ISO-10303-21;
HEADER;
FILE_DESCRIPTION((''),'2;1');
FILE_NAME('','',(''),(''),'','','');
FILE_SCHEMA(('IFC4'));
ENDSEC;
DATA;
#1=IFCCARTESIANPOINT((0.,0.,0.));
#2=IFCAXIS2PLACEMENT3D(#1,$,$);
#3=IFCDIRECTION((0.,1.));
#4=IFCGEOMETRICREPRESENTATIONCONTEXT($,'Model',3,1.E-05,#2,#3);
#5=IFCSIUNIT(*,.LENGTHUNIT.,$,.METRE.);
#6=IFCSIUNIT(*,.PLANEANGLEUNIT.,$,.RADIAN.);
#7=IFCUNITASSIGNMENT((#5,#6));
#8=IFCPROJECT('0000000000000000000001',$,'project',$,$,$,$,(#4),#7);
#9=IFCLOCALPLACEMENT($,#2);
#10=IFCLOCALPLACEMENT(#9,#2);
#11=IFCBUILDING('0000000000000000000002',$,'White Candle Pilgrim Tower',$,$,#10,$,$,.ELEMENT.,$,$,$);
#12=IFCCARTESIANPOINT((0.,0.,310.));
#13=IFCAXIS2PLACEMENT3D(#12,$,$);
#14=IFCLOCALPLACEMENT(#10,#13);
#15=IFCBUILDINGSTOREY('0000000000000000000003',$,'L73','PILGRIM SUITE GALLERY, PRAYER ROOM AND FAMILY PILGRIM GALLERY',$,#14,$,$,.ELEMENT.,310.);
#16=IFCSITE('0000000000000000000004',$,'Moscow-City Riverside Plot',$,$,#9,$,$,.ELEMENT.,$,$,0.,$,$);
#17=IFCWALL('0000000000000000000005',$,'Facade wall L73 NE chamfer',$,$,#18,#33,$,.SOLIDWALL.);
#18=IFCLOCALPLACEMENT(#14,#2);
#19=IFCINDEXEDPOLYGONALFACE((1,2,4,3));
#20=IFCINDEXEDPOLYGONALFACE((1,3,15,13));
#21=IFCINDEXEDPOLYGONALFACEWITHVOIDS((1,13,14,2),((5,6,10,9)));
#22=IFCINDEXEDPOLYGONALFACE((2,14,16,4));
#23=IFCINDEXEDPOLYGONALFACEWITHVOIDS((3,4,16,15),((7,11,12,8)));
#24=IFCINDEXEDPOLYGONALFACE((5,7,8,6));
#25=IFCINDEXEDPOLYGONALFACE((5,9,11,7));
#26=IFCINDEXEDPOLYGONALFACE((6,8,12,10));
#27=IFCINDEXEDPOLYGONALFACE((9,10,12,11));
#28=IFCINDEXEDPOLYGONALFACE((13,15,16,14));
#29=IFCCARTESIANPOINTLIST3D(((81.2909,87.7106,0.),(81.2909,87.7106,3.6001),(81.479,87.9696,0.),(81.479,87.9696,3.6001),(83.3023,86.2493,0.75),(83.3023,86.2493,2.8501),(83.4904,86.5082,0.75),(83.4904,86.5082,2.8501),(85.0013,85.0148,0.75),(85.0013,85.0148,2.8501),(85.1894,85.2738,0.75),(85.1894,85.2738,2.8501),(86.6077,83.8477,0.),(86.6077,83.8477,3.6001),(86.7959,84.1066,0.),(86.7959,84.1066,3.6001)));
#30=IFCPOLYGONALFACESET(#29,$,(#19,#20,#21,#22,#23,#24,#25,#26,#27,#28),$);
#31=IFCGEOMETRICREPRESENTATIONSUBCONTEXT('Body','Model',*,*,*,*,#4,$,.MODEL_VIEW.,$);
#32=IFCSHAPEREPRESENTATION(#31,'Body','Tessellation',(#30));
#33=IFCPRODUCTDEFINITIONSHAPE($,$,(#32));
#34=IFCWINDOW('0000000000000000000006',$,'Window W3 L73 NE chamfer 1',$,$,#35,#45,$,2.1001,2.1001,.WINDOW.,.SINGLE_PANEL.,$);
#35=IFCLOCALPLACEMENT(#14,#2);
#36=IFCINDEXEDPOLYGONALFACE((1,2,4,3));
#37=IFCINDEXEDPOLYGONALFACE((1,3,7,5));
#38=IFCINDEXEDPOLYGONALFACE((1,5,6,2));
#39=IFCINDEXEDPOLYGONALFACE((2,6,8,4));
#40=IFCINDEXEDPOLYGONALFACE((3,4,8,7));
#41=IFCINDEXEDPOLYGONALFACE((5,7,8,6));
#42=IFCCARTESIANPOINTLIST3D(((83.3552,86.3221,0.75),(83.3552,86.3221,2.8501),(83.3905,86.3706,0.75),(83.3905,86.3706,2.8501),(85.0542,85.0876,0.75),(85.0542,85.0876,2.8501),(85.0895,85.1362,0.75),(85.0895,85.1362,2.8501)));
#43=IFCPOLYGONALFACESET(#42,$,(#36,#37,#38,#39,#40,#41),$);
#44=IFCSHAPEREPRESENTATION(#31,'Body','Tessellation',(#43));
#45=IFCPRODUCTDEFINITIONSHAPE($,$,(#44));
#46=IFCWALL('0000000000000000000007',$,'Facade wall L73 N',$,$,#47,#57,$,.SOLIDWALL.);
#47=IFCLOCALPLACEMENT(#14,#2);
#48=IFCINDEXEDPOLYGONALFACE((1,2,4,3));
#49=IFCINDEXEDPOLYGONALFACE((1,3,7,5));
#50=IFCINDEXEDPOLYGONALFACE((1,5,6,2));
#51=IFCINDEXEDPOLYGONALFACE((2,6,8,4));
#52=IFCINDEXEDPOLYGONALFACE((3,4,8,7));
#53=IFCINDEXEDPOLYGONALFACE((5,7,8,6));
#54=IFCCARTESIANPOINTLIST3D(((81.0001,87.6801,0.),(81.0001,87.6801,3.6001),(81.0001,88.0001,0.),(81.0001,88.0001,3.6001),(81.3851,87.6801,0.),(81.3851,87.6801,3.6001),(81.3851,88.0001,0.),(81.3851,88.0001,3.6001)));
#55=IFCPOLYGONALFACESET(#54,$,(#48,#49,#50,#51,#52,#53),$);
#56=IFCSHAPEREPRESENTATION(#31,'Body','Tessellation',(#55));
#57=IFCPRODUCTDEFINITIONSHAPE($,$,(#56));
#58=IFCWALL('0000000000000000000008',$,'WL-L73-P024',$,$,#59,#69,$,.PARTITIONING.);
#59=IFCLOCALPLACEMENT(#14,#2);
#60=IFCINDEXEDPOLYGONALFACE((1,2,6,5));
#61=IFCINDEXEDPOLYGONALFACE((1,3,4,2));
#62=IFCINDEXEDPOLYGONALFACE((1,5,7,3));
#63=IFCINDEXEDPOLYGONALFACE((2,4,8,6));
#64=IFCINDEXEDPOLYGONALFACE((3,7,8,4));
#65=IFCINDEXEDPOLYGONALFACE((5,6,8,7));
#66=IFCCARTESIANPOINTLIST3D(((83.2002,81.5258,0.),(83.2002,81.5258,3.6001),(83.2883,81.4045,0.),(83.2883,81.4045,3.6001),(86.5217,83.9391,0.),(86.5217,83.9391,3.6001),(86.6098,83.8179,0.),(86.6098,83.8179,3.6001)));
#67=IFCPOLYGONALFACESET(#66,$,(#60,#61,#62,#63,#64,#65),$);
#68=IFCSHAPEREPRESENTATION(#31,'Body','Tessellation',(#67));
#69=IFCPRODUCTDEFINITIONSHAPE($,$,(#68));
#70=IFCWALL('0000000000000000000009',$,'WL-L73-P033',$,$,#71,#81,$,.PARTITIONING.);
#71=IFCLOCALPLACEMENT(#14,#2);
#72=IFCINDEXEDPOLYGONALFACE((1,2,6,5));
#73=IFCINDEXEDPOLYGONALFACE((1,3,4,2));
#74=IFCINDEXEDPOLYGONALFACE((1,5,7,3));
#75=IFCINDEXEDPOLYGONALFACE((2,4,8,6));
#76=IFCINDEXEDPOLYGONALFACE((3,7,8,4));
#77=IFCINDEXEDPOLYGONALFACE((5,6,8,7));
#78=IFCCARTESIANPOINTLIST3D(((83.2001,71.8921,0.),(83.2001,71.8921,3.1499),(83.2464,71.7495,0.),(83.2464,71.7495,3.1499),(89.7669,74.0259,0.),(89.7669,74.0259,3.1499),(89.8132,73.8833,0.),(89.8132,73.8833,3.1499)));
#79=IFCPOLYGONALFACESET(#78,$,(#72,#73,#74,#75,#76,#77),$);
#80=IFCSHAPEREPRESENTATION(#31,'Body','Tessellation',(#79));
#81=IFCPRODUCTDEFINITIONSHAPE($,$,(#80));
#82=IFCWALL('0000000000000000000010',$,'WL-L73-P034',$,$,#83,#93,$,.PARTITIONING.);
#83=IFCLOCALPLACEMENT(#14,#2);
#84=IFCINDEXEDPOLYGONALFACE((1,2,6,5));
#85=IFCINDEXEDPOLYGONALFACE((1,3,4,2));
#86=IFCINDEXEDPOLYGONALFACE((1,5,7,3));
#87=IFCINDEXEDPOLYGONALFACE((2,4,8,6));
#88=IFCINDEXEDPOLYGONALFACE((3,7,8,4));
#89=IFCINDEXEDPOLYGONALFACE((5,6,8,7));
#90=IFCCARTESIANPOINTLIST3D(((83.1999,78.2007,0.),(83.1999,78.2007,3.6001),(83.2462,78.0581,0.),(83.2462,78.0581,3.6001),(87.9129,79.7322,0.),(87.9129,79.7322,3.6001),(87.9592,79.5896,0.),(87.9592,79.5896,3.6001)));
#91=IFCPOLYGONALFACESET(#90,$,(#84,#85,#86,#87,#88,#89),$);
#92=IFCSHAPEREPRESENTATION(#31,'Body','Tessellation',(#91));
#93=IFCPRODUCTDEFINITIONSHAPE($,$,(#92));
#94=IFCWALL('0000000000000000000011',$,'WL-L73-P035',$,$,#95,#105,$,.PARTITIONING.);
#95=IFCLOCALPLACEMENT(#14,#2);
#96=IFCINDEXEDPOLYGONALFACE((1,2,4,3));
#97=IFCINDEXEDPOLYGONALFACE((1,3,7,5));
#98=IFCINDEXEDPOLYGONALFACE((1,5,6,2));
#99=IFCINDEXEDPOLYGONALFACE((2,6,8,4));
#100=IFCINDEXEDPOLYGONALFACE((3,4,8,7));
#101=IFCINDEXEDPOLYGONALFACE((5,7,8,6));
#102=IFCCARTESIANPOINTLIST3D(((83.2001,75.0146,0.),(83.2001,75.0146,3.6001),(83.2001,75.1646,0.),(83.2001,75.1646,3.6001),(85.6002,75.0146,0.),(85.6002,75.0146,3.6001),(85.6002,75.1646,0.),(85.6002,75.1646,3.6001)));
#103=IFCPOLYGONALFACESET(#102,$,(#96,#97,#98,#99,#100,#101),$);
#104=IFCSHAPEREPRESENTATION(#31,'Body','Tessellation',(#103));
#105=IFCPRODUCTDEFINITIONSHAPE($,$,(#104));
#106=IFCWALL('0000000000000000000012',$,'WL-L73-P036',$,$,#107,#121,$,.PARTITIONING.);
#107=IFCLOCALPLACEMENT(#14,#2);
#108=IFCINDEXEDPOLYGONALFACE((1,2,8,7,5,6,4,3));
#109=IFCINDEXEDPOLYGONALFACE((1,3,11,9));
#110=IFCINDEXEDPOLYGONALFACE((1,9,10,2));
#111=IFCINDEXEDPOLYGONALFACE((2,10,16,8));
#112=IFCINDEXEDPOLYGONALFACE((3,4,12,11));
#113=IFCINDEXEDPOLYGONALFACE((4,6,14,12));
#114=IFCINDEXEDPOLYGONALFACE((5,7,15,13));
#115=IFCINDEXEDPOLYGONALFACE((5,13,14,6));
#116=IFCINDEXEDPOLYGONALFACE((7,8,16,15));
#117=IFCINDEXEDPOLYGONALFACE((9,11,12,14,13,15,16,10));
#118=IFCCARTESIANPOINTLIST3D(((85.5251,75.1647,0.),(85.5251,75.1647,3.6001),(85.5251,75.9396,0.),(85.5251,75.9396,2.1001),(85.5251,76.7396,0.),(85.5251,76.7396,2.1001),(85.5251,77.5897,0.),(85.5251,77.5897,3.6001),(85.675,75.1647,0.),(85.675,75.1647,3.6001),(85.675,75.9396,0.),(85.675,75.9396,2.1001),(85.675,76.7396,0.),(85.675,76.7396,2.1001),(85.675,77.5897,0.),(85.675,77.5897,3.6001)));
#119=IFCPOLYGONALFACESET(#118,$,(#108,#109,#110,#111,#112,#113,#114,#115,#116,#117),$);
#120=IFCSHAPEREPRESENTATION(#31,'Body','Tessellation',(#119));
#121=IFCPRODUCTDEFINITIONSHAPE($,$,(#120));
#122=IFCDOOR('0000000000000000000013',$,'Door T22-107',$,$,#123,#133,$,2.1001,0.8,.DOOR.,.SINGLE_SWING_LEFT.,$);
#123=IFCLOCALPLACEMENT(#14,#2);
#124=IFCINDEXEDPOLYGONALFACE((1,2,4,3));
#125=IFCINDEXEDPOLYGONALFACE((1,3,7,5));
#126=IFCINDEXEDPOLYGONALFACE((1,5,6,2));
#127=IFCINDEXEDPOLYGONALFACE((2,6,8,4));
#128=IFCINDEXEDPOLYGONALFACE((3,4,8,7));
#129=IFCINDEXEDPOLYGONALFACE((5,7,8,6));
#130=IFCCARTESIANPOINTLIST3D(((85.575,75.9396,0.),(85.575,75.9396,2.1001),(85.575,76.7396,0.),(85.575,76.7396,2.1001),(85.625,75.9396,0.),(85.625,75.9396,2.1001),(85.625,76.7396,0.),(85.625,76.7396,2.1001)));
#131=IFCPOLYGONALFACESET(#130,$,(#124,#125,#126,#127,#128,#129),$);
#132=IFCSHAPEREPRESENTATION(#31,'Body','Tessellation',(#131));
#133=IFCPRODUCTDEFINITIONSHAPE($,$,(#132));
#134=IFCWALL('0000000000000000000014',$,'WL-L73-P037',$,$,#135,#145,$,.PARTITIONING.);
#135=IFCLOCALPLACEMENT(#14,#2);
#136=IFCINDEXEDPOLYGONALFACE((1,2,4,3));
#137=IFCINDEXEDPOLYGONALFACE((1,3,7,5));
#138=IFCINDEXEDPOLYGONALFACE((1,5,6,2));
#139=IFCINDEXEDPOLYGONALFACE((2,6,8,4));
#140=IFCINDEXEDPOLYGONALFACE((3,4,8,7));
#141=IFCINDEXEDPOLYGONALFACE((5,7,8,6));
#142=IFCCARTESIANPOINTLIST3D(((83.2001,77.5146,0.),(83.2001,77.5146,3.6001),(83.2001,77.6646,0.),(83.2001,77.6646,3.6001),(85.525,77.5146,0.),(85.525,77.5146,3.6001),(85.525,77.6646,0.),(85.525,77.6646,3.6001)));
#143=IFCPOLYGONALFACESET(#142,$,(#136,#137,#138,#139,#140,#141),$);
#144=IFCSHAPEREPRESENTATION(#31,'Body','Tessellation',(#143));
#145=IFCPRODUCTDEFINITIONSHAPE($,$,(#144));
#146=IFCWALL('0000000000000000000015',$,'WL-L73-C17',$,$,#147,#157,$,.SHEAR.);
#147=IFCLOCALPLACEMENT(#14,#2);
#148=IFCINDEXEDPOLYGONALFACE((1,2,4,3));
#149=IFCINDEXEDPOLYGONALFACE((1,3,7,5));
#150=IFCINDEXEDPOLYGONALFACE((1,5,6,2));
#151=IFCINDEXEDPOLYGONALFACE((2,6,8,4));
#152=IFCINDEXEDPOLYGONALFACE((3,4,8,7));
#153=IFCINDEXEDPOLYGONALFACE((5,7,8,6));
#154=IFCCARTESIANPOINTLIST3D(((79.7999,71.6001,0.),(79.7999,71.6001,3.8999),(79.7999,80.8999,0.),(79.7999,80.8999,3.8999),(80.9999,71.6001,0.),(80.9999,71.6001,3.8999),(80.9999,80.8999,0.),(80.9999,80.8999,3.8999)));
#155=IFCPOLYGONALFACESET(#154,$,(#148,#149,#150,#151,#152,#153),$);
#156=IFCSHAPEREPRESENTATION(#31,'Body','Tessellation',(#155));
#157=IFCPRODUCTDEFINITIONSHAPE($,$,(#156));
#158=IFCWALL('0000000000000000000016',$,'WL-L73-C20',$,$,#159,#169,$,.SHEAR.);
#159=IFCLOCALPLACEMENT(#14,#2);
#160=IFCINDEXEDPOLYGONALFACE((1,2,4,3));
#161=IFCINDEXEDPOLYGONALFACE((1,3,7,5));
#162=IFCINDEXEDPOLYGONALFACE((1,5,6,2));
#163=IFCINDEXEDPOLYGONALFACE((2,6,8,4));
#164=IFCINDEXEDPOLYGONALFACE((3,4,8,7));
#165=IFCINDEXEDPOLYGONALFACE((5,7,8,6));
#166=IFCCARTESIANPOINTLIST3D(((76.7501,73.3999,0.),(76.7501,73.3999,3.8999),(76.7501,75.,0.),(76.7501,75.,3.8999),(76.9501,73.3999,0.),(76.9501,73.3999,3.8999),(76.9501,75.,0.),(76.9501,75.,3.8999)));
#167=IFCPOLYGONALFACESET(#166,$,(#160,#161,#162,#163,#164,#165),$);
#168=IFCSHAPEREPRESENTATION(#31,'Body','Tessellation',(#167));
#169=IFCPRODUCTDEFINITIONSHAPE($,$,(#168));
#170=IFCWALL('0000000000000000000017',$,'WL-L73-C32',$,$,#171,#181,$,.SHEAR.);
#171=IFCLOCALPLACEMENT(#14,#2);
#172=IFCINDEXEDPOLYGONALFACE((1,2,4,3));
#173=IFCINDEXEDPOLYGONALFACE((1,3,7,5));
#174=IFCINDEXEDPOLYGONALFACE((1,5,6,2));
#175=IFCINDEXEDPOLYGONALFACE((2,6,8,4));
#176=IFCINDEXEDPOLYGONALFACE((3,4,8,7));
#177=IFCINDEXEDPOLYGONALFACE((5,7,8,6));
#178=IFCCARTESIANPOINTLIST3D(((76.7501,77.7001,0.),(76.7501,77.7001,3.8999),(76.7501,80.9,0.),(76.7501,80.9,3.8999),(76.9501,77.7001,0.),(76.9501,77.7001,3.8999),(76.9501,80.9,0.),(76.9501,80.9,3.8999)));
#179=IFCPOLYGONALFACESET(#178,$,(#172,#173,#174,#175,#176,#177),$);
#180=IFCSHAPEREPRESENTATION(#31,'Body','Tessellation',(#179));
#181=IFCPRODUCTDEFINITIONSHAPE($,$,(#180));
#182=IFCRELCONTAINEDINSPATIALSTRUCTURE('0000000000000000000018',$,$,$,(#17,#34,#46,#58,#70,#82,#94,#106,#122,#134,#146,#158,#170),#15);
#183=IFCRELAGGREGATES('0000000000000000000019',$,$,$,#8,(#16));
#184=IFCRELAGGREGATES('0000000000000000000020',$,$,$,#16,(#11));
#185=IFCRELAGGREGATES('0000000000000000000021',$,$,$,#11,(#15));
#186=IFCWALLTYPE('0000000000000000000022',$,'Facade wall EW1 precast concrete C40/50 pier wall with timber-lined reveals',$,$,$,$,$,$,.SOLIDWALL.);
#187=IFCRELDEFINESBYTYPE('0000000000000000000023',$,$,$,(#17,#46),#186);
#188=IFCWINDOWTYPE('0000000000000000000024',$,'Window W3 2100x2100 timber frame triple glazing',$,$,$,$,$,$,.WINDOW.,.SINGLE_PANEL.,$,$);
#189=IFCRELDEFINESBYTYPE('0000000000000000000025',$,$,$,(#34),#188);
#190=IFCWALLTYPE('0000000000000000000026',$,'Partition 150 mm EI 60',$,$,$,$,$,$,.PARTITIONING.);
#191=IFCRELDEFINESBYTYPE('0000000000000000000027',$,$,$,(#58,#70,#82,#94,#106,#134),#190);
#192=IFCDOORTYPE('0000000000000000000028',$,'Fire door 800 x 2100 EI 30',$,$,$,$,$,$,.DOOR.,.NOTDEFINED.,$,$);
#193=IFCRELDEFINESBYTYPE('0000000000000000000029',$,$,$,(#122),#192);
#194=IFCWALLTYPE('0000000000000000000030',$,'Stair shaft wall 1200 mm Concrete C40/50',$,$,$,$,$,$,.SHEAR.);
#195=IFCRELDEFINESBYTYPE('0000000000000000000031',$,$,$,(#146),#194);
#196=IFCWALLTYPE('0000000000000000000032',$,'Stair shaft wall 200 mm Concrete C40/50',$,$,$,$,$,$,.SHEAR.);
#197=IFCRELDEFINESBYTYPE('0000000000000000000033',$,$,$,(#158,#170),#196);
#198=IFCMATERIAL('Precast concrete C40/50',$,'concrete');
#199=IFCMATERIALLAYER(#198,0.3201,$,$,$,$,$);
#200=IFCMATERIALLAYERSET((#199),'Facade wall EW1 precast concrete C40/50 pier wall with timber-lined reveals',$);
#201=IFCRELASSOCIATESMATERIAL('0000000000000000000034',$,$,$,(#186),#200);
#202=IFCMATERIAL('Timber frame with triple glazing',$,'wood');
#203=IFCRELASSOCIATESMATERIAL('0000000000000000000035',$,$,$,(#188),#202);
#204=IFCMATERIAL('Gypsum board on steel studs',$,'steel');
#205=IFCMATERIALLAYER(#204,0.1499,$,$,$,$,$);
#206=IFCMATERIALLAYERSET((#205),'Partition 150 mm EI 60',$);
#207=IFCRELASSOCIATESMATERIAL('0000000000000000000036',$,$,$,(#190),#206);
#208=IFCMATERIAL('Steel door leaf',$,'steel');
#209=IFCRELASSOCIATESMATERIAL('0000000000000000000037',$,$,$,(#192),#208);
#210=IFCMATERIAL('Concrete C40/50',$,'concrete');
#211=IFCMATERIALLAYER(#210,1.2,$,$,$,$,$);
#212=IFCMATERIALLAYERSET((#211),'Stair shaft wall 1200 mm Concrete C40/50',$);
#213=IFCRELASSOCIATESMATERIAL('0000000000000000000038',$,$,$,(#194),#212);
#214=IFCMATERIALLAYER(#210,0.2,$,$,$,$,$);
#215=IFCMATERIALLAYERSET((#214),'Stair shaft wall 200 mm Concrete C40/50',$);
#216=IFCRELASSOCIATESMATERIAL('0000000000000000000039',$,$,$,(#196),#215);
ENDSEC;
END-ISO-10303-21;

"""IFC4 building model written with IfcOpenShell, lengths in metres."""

from ifc_helpers import new_model, si_unit, direction, frame, frame_2d, origin, place, context, subcontext, project, spatial, rectangle, extrude, material, layer, layer_set, type_object, element, fill, save


model = new_model("IFC4")

# Units and contexts
model_context = context("Model", 3, precision=1e-05, world=origin(), true_north=direction((0.0, 1.0)))
body_context = subcontext(model_context, "Body", "Model", "MODEL_VIEW")
ifc_project = project(units=[si_unit("LENGTHUNIT", "METRE"), si_unit("PLANEANGLEUNIT", "RADIAN")], contexts=[model_context])

# Site, building, storey
site_placement = place(None, origin())
site = spatial("IfcSite", under=ifc_project, at=site_placement, Name="Moscow-City Riverside Plot", CompositionType="ELEMENT", RefElevation=0.0)
building_placement = place(site_placement, origin())
building = spatial("IfcBuilding", under=site, at=building_placement, Name="White Candle Pilgrim Tower", CompositionType="ELEMENT")
storey_placement = place(building_placement, frame((0.0, 0.0, 310.0)))
storey = spatial("IfcBuildingStorey", under=building, at=storey_placement, Name="L73", Description="PILGRIM SUITE GALLERY, PRAYER ROOM AND FAMILY PILGRIM GALLERY", CompositionType="ELEMENT", Elevation=310.0)

# Shared definitions
ifc_material_1 = material(Name="Concrete C40/50", Category="concrete")

# Shared definitions
ifc_material_2 = material(Name="Steel door leaf", Category="steel")

# Shared definitions
ifc_material_3 = material(Name="Gypsum board on steel studs", Category="steel")

# Wall, opening, window
ifc_material_4 = material(Name="Precast concrete C40/50", Category="concrete")
ifc_layer_1 = layer(ifc_material_4, 0.3201)
ifc_layer_set_1 = layer_set([ifc_layer_1], Name="Facade wall EW1 precast concrete C40/50 pier wall with timber-lined reveals")
wall_type_1 = type_object("IfcWallType", Name="Facade wall EW1 precast concrete C40/50 pier wall with timber-lined reveals", PredefinedType="SOLIDWALL", material=ifc_layer_set_1)
wall_1_placement = place(storey_placement, frame((86.7019, 83.9771, 0.0), z_axis=(0.0, 0.0, 1.0), x_axis=(-0.809011, 0.587794, 0.0)))
wall_1 = element("IfcWall", 1, at=wall_1_placement, inside=storey, type_object=wall_type_1, Name="Facade wall L73 NE chamfer", PredefinedType="SOLIDWALL", context=body_context, shape_type="SweptSolid", body=[
    extrude(rectangle(XDim=6.572, YDim=0.3201, at=frame_2d((3.2861, 0.0))), origin(), (0.0, 0.0, 1.0), 3.6001),
])
opening_1_placement = place(wall_1_placement, frame((1.9858, 0.0, 0.75)))
opening_1 = element("IfcOpeningElement", 2, at=opening_1_placement, cuts=wall_1, PredefinedType="OPENING", context=body_context, shape_type="SweptSolid", body=[
    extrude(rectangle(XDim=2.1001, YDim=2.1001, at=frame_2d((1.05, 1.05))), frame((0.0, 0.1699, 0.0), z_axis=(0.0, -1.0, 0.0), x_axis=(1.0, 0.0, 0.0)), (0.0, 0.0, 1.0), 0.3401),
])
ifc_material_5 = material(Name="Timber frame with triple glazing", Category="wood")
window_type = type_object("IfcWindowType", Name="Window W3 2100x2100 timber frame triple glazing", PartitioningType="SINGLE_PANEL", PredefinedType="WINDOW", material=ifc_material_5)
window_placement = place(opening_1_placement, origin())
window = element("IfcWindow", 3, at=window_placement, inside=storey, type_object=window_type, Name="Window W3 L73 NE chamfer 1", OverallHeight=2.1001, OverallWidth=2.1001, PartitioningType="SINGLE_PANEL", PredefinedType="WINDOW", context=body_context, shape_type="SweptSolid", body=[
    extrude(rectangle(XDim=2.1001, YDim=2.1001, at=frame_2d((1.05, 1.05))), frame((0.0, 0.0701, 0.0), z_axis=(0.0, -1.0, 0.0), x_axis=(1.0, 0.0, 0.0)), (0.0, 0.0, 1.0), 0.0601),
])
fill(opening_1, window)

# Walls
wall_2_placement = place(storey_placement, frame((81.385, 87.8401, 0.0), z_axis=(0.0, 0.0, 1.0), x_axis=(-1.0, 0.0, 0.0)))
element("IfcWall", 4, at=wall_2_placement, inside=storey, type_object=wall_type_1, Name="Facade wall L73 N", PredefinedType="SOLIDWALL", context=body_context, shape_type="SweptSolid", body=[
    extrude(rectangle(XDim=0.385, YDim=0.3201, at=frame_2d((0.1924, 0.0))), origin(), (0.0, 0.0, 1.0), 3.6001),
])
ifc_layer_2 = layer(ifc_material_3, 0.1499)
ifc_layer_set_2 = layer_set([ifc_layer_2], Name="Partition 150 mm EI 60")
wall_type_2 = type_object("IfcWallType", Name="Partition 150 mm EI 60", PredefinedType="PARTITIONING", material=ifc_layer_set_2)
wall_3_placement = place(storey_placement, frame((86.5657, 83.8784, 0.0), z_axis=(0.0, 0.0, 1.0), x_axis=(-0.809006, -0.5878, 0.0)))
element("IfcWall", 5, at=wall_3_placement, inside=storey, type_object=wall_type_2, Name="WL-L73-P024", PredefinedType="PARTITIONING", context=body_context, shape_type="SweptSolid", body=[
    extrude(rectangle(XDim=4.1057, YDim=0.1499, at=frame_2d((2.0527, 0.0))), origin(), (0.0, 0.0, 1.0), 3.6001),
])
wall_4_placement = place(storey_placement, frame((89.79, 73.9546, 0.0), z_axis=(0.0, 0.0, 1.0), x_axis=(-0.951053, -0.309027, 0.0)))
element("IfcWall", 6, at=wall_4_placement, inside=storey, type_object=wall_type_2, Name="WL-L73-P033", PredefinedType="PARTITIONING", context=body_context, shape_type="SweptSolid", body=[
    extrude(rectangle(XDim=6.9048, YDim=0.1499, at=frame_2d((3.4524, 0.0))), origin(), (0.0, 0.0, 1.0), 3.1499),
])
wall_5_placement = place(storey_placement, frame((87.936, 79.6609, 0.0), z_axis=(0.0, 0.0, 1.0), x_axis=(-0.951046, -0.30905, 0.0)))
element("IfcWall", 7, at=wall_5_placement, inside=storey, type_object=wall_type_2, Name="WL-L73-P034", PredefinedType="PARTITIONING", context=body_context, shape_type="SweptSolid", body=[
    extrude(rectangle(XDim=4.9556, YDim=0.1499, at=frame_2d((2.4778, 0.0))), origin(), (0.0, 0.0, 1.0), 3.6001),
])
wall_6_placement = place(storey_placement, frame((83.2, 75.0896, 0.0), z_axis=(0.0, 0.0, 1.0), x_axis=(1.0, 0.0, 0.0)))
element("IfcWall", 8, at=wall_6_placement, inside=storey, type_object=wall_type_2, Name="WL-L73-P035", PredefinedType="PARTITIONING", context=body_context, shape_type="SweptSolid", body=[
    extrude(rectangle(XDim=2.4001, YDim=0.1499, at=frame_2d((1.2002, 0.0))), origin(), (0.0, 0.0, 1.0), 3.6001),
])

# Wall, opening, door
wall_7_placement = place(storey_placement, frame((85.6001, 77.5896, 0.0), z_axis=(0.0, 0.0, 1.0), x_axis=(0.0, -1.0, 0.0)))
wall_7 = element("IfcWall", 9, at=wall_7_placement, inside=storey, type_object=wall_type_2, Name="WL-L73-P036", PredefinedType="PARTITIONING", context=body_context, shape_type="SweptSolid", body=[
    extrude(rectangle(XDim=2.425, YDim=0.1499, at=frame_2d((1.2124, 0.0))), origin(), (0.0, 0.0, 1.0), 3.6001),
])
opening_2_placement = place(wall_7_placement, frame((0.8501, 0.0, 0.0)))
opening_2 = element("IfcOpeningElement", 10, at=opening_2_placement, cuts=wall_7, PredefinedType="OPENING", context=body_context, shape_type="SweptSolid", body=[
    extrude(rectangle(XDim=0.8, YDim=2.1001, at=frame_2d((0.3999, 1.05))), frame((0.0, 0.085, 0.0), z_axis=(0.0, -1.0, 0.0), x_axis=(1.0, 0.0, 0.0)), (0.0, 0.0, 1.0), 0.1699),
])
door_type_1 = type_object("IfcDoorType", Name="Fire door 800 x 2100 EI 30", OperationType="NOTDEFINED", PredefinedType="DOOR", material=ifc_material_2)
door_1_placement = place(opening_2_placement, origin())
door_1 = element("IfcDoor", 11, at=door_1_placement, inside=storey, type_object=door_type_1, Name="Door T22-107", OperationType="SINGLE_SWING_LEFT", OverallHeight=2.1001, OverallWidth=0.8, PredefinedType="DOOR", context=body_context, shape_type="SweptSolid", body=[
    extrude(rectangle(XDim=0.8, YDim=2.1001, at=frame_2d((0.3999, 1.05))), frame((0.0, 0.0249, 0.0), z_axis=(0.0, -1.0, 0.0), x_axis=(1.0, 0.0, 0.0)), (0.0, 0.0, 1.0), 0.05),
])
fill(opening_2, door_1)

# Walls
wall_8_placement = place(storey_placement, frame((83.2, 77.5896, 0.0), z_axis=(0.0, 0.0, 1.0), x_axis=(1.0, 0.0, 0.0)))
element("IfcWall", 12, at=wall_8_placement, inside=storey, type_object=wall_type_2, Name="WL-L73-P037", PredefinedType="PARTITIONING", context=body_context, shape_type="SweptSolid", body=[
    extrude(rectangle(XDim=2.325, YDim=0.1499, at=frame_2d((1.1626, 0.0))), origin(), (0.0, 0.0, 1.0), 3.6001),
])
ifc_layer_3 = layer(ifc_material_1, 1.2)
ifc_layer_set_3 = layer_set([ifc_layer_3], Name="Stair shaft wall 1200 mm Concrete C40/50")
wall_type_3 = type_object("IfcWallType", Name="Stair shaft wall 1200 mm Concrete C40/50", PredefinedType="SHEAR", material=ifc_layer_set_3)
wall_9_placement = place(storey_placement, frame((80.3999, 71.6001, 0.0), z_axis=(0.0, 0.0, 1.0), x_axis=(0.0, 1.0, 0.0)))
element("IfcWall", 13, at=wall_9_placement, inside=storey, type_object=wall_type_3, Name="WL-L73-C17", PredefinedType="SHEAR", context=body_context, shape_type="SweptSolid", body=[
    extrude(rectangle(XDim=9.2998, YDim=1.2, at=frame_2d((4.6499, 0.0))), origin(), (0.0, 0.0, 1.0), 3.8999),
])
ifc_layer_4 = layer(ifc_material_1, 0.2)
ifc_layer_set_4 = layer_set([ifc_layer_4], Name="Stair shaft wall 200 mm Concrete C40/50")
wall_type_4 = type_object("IfcWallType", Name="Stair shaft wall 200 mm Concrete C40/50", PredefinedType="SHEAR", material=ifc_layer_set_4)
wall_10_placement = place(storey_placement, frame((76.8501, 73.3999, 0.0), z_axis=(0.0, 0.0, 1.0), x_axis=(0.0, 1.0, 0.0)))
element("IfcWall", 14, at=wall_10_placement, inside=storey, type_object=wall_type_4, Name="WL-L73-C20", PredefinedType="SHEAR", context=body_context, shape_type="SweptSolid", body=[
    extrude(rectangle(XDim=1.6001, YDim=0.2, at=frame_2d((0.8, 0.0))), origin(), (0.0, 0.0, 1.0), 3.8999),
])
wall_11_placement = place(storey_placement, frame((76.8501, 77.7, 0.0), z_axis=(0.0, 0.0, 1.0), x_axis=(0.0, 1.0, 0.0)))
element("IfcWall", 15, at=wall_11_placement, inside=storey, type_object=wall_type_4, Name="WL-L73-C32", PredefinedType="SHEAR", context=body_context, shape_type="SweptSolid", body=[
    extrude(rectangle(XDim=3.2, YDim=0.2, at=frame_2d((1.6001, 0.0))), origin(), (0.0, 0.0, 1.0), 3.8999),
])

save(model, "model.ifc")
